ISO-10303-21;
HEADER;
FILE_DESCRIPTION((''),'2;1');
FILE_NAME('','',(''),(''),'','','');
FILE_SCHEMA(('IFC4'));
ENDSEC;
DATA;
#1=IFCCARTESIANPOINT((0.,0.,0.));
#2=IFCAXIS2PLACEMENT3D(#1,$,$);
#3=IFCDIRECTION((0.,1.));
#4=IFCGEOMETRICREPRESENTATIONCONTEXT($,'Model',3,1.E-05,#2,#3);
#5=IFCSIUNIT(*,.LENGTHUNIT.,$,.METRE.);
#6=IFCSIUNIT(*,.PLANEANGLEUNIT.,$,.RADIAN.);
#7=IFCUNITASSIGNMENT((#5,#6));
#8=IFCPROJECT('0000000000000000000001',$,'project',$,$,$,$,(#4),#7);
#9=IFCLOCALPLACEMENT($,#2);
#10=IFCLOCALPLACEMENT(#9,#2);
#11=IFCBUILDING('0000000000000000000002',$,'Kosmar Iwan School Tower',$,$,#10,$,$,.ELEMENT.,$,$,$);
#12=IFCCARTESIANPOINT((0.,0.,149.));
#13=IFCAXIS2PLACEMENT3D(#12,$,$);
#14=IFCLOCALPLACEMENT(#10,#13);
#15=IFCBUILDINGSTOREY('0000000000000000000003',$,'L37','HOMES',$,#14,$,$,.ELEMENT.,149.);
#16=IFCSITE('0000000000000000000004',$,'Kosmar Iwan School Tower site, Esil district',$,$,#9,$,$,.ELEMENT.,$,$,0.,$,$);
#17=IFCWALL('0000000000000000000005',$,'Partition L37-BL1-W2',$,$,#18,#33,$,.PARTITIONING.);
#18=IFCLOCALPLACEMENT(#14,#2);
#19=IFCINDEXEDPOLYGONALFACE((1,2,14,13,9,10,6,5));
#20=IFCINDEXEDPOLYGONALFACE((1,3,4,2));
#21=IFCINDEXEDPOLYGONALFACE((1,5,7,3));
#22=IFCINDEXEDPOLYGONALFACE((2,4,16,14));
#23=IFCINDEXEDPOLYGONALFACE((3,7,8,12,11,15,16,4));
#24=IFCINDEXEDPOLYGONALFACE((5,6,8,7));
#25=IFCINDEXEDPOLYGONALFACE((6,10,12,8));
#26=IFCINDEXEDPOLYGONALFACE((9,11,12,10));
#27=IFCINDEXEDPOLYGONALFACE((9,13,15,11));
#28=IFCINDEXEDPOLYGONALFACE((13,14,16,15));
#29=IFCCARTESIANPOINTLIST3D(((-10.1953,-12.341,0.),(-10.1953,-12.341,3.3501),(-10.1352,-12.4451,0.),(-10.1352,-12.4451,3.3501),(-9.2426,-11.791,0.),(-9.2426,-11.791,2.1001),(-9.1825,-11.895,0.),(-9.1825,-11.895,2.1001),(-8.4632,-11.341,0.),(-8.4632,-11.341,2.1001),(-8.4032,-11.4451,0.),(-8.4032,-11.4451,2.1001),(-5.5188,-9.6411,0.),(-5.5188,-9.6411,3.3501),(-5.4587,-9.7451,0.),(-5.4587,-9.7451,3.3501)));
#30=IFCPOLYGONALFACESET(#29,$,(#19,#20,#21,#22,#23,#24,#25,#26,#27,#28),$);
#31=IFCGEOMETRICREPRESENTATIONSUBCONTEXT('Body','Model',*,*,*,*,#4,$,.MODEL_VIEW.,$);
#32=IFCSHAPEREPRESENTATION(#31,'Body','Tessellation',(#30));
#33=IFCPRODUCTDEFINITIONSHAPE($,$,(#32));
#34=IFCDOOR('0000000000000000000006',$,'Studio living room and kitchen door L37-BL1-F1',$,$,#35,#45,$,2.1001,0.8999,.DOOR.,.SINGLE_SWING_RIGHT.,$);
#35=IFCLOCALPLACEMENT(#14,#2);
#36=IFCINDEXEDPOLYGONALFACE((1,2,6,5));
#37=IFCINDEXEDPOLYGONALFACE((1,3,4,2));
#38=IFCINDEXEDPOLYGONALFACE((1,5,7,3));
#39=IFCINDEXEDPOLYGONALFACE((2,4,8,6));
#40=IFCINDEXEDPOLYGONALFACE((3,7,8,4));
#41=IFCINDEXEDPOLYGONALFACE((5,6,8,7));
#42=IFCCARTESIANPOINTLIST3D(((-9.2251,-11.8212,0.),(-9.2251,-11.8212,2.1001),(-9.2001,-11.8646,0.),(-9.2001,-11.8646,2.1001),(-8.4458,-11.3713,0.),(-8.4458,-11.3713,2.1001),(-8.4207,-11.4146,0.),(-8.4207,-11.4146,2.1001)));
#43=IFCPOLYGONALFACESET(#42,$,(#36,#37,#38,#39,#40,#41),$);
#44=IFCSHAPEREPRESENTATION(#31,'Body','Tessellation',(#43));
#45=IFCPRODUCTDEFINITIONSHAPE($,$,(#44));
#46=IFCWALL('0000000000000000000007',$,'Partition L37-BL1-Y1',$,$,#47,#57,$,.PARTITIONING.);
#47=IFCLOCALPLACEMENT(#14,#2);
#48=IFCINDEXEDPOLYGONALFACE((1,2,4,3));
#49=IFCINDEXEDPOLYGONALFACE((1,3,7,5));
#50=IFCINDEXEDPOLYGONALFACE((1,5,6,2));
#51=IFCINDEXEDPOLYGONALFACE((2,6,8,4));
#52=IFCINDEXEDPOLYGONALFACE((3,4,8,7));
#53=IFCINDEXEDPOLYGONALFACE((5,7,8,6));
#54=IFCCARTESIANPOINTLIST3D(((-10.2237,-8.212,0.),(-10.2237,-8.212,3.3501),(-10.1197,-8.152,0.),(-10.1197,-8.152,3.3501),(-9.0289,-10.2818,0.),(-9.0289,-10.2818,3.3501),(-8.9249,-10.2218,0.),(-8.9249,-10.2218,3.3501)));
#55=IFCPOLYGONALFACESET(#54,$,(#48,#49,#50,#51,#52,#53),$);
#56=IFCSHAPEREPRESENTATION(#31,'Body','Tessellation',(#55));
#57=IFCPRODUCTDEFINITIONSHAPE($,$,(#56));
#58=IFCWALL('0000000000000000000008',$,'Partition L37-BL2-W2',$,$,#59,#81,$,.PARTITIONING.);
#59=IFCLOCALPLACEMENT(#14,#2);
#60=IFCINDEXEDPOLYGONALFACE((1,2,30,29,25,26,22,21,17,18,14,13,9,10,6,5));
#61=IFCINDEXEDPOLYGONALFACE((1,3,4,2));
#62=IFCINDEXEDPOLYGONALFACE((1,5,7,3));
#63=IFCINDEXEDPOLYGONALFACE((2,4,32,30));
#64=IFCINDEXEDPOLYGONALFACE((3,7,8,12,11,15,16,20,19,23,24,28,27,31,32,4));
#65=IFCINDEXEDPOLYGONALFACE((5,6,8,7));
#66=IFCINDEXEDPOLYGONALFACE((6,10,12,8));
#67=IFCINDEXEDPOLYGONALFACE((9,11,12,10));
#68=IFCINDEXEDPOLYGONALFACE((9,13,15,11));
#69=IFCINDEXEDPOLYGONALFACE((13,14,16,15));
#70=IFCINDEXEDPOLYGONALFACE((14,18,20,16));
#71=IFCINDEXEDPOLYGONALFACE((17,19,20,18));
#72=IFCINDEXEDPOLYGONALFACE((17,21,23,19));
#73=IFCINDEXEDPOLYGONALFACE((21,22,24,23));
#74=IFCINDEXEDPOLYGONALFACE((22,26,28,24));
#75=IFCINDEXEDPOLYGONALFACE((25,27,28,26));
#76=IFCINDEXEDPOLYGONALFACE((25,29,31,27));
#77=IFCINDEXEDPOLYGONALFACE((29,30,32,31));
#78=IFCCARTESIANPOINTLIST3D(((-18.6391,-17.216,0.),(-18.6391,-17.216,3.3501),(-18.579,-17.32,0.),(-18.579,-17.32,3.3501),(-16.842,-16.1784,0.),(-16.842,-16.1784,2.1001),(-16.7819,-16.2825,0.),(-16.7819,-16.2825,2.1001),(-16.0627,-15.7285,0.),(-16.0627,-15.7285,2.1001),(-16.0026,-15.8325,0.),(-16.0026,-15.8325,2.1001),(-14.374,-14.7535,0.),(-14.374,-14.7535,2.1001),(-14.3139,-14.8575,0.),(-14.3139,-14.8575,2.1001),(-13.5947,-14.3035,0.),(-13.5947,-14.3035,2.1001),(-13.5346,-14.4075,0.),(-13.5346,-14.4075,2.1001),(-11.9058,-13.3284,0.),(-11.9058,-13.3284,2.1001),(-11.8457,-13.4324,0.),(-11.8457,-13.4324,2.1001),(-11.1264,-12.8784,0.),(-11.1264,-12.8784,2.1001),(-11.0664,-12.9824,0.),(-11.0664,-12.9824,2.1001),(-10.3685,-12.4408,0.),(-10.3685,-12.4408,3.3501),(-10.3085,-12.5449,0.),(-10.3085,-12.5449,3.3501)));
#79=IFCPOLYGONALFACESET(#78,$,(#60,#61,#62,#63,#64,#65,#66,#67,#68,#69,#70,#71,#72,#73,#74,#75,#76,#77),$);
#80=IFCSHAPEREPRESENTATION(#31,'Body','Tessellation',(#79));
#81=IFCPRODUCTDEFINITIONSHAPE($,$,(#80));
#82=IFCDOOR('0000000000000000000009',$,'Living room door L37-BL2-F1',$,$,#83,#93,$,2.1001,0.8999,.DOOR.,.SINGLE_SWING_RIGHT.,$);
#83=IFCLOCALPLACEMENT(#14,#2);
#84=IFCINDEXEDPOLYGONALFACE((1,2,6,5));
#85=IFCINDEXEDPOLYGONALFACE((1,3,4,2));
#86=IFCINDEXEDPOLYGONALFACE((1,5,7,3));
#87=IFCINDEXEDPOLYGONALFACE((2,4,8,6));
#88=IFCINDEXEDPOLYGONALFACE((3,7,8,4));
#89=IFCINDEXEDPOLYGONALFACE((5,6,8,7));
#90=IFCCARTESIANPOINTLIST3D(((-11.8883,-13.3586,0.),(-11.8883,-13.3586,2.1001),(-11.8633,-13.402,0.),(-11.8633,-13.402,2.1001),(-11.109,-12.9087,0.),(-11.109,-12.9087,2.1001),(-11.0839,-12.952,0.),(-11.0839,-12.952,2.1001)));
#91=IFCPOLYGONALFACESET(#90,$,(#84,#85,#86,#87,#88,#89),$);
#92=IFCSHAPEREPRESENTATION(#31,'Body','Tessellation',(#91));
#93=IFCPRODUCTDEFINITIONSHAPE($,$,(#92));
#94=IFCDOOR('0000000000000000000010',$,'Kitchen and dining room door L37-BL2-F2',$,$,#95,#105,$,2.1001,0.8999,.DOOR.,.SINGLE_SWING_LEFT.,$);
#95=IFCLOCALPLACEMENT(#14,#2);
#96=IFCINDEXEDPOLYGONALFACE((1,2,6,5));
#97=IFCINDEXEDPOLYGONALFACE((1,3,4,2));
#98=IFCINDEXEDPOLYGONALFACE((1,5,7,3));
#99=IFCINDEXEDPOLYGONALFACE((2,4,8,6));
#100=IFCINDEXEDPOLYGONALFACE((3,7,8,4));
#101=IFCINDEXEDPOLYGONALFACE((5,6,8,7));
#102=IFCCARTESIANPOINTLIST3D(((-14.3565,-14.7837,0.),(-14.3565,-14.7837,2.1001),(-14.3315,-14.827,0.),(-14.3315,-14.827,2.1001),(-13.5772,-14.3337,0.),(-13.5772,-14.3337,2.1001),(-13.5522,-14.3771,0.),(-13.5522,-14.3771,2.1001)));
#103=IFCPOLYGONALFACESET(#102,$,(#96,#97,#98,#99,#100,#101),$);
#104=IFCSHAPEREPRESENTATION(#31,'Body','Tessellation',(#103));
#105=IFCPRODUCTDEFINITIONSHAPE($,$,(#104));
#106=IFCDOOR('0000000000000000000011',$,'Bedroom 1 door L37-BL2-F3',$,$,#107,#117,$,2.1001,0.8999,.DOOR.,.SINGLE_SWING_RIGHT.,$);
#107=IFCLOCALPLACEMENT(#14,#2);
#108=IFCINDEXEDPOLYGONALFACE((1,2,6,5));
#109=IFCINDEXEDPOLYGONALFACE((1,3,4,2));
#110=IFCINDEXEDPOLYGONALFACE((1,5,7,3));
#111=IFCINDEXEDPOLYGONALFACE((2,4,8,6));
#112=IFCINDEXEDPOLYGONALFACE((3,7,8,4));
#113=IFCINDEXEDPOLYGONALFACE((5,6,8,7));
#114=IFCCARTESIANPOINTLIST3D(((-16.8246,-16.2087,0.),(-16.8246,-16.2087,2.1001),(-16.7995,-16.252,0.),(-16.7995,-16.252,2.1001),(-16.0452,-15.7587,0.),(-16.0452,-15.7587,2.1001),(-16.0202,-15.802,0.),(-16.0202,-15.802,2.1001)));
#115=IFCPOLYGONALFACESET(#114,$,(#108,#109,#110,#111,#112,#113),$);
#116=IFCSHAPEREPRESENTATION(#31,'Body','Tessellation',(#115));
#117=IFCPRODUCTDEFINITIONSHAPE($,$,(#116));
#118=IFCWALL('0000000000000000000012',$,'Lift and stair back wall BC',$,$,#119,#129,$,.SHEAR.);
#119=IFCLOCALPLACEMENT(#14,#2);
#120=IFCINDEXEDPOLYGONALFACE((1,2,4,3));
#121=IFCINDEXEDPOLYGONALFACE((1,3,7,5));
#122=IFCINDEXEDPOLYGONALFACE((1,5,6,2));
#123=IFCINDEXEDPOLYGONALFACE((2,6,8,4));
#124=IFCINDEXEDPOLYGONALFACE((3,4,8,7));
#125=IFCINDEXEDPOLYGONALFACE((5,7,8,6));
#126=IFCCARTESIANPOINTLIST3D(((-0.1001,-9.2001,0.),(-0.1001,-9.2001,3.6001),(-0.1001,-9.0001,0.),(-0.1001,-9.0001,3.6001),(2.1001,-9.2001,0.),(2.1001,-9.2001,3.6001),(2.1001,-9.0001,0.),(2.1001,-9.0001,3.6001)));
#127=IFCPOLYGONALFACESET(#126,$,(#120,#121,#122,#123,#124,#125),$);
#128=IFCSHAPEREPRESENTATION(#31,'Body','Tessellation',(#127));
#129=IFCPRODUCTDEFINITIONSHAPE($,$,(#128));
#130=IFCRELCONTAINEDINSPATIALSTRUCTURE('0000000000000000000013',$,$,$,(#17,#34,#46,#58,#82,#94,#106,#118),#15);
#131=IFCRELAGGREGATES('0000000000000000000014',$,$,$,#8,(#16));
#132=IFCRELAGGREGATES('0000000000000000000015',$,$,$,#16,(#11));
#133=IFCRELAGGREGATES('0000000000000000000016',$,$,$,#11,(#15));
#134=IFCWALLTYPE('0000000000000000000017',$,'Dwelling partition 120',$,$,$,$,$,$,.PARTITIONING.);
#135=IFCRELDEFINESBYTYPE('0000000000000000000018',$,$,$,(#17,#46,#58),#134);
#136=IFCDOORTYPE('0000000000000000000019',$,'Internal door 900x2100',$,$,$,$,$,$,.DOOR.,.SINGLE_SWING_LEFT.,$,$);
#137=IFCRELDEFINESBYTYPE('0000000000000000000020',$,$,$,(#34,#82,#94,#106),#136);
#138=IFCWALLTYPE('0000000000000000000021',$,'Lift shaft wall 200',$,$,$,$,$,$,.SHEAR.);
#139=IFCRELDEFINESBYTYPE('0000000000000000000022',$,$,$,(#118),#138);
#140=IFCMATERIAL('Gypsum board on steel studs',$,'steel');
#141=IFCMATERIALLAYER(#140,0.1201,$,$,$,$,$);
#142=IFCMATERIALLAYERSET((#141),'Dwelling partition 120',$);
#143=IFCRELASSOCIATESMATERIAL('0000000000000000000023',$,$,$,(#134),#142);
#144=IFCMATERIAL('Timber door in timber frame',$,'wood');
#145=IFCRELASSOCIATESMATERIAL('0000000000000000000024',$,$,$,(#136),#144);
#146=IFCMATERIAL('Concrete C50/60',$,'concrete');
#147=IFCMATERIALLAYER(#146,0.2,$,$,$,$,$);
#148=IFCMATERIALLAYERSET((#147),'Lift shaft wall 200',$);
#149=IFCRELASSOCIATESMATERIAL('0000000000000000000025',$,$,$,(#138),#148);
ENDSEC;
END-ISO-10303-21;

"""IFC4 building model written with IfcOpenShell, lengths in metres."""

from ifc_helpers import new_model, si_unit, direction, frame, frame_2d, origin, place, context, subcontext, project, spatial, rectangle, extrude, material, layer, layer_set, type_object, element, fill, save


model = new_model("IFC4")

# Units and contexts
model_context = context("Model", 3, precision=1e-05, world=origin(), true_north=direction((0.0, 1.0)))
body_context = subcontext(model_context, "Body", "Model", "MODEL_VIEW")
ifc_project = project(units=[si_unit("LENGTHUNIT", "METRE"), si_unit("PLANEANGLEUNIT", "RADIAN")], contexts=[model_context])

# Site, building, storey
site_placement = place(None, origin())
site = spatial("IfcSite", under=ifc_project, at=site_placement, Name="Kosmar Iwan School Tower site, Esil district", CompositionType="ELEMENT", RefElevation=0.0)
building_placement = place(site_placement, origin())
building = spatial("IfcBuilding", under=site, at=building_placement, Name="Kosmar Iwan School Tower", CompositionType="ELEMENT")
storey_placement = place(building_placement, frame((0.0, 0.0, 149.0)))
storey = spatial("IfcBuildingStorey", under=building, at=storey_placement, Name="L37", Description="HOMES", CompositionType="ELEMENT", Elevation=149.0)

# Shared definitions
ifc_material_1 = material(Name="Gypsum board on steel studs", Category="steel")
ifc_layer_1 = layer(ifc_material_1, 0.1201)
ifc_layer_set_1 = layer_set([ifc_layer_1], Name="Dwelling partition 120")
wall_type_1 = type_object("IfcWallType", Name="Dwelling partition 120", PredefinedType="PARTITIONING", material=ifc_layer_set_1)
ifc_material_2 = material(Name="Timber door in timber frame", Category="wood")
door_type_1 = type_object("IfcDoorType", Name="Internal door 900x2100", OperationType="SINGLE_SWING_LEFT", PredefinedType="DOOR", material=ifc_material_2)

# Wall, opening, door
wall_1_placement = place(storey_placement, frame((-5.4888, -9.6931, 0.0), z_axis=(0.0, 0.0, 1.0), x_axis=(-0.866028, -0.499995, 0.0)))
wall_1 = element("IfcWall", 1, at=wall_1_placement, inside=storey, type_object=wall_type_1, Name="Partition L37-BL1-W2", PredefinedType="PARTITIONING", context=body_context, shape_type="SweptSolid", body=[
    extrude(rectangle(XDim=5.3999, YDim=0.1201, at=frame_2d((2.7, 0.0))), origin(), (0.0, 0.0, 1.0), 3.3501),
])
opening_1_placement = place(wall_1_placement, frame((3.3999, 0.0, 0.0)))
opening_1 = element("IfcOpeningElement", 2, at=opening_1_placement, cuts=wall_1, PredefinedType="OPENING", context=body_context, shape_type="SweptSolid", body=[
    extrude(rectangle(XDim=0.8999, YDim=2.1001, at=frame_2d((0.45, 1.05))), frame((0.0, 0.072, 0.0), z_axis=(0.0, -1.0, 0.0), x_axis=(1.0, 0.0, 0.0)), (0.0, 0.0, 1.0), 0.144),
])
door_1_placement = place(opening_1_placement, origin())
door_1 = element("IfcDoor", 3, at=door_1_placement, inside=storey, type_object=door_type_1, Name="Studio living room and kitchen door L37-BL1-F1", OperationType="SINGLE_SWING_RIGHT", OverallHeight=2.1001, OverallWidth=0.8999, PredefinedType="DOOR", context=body_context, shape_type="SweptSolid", body=[
    extrude(rectangle(XDim=0.8999, YDim=2.1001, at=frame_2d((0.45, 1.05))), frame((0.0, 0.0249, 0.0), z_axis=(0.0, -1.0, 0.0), x_axis=(1.0, 0.0, 0.0)), (0.0, 0.0, 1.0), 0.05),
])
fill(opening_1, door_1)

# Wall
wall_2_placement = place(storey_placement, frame((-10.1716, -8.1821, 0.0), z_axis=(0.0, 0.0, 1.0), x_axis=(0.499941, -0.86606, 0.0)))
element("IfcWall", 4, at=wall_2_placement, inside=storey, type_object=wall_type_1, Name="Partition L37-BL1-Y1", PredefinedType="PARTITIONING", context=body_context, shape_type="SweptSolid", body=[
    extrude(rectangle(XDim=2.3899, YDim=0.1201, at=frame_2d((1.1948, 0.0))), origin(), (0.0, 0.0, 1.0), 3.3501),
])

# Wall, openings, doors
wall_3_placement = place(storey_placement, frame((-10.3386, -12.4929, 0.0), z_axis=(0.0, 0.0, 1.0), x_axis=(-0.866018, -0.500013, 0.0)))
wall_3 = element("IfcWall", 5, at=wall_3_placement, inside=storey, type_object=wall_type_1, Name="Partition L37-BL2-W2", PredefinedType="PARTITIONING", context=body_context, shape_type="SweptSolid", body=[
    extrude(rectangle(XDim=9.55, YDim=0.1201, at=frame_2d((4.7749, 0.0))), origin(), (0.0, 0.0, 1.0), 3.3501),
])
opening_2_placement = place(wall_3_placement, frame((0.875, 0.0, 0.0)))
opening_2 = element("IfcOpeningElement", 6, at=opening_2_placement, cuts=wall_3, PredefinedType="OPENING", context=body_context, shape_type="SweptSolid", body=[
    extrude(rectangle(XDim=0.8999, YDim=2.1001, at=frame_2d((0.45, 1.05))), frame((0.0, 0.072, 0.0), z_axis=(0.0, -1.0, 0.0), x_axis=(1.0, 0.0, 0.0)), (0.0, 0.0, 1.0), 0.144),
])
opening_3_placement = place(wall_3_placement, frame((3.7251, 0.0, 0.0)))
opening_3 = element("IfcOpeningElement", 7, at=opening_3_placement, cuts=wall_3, PredefinedType="OPENING", context=body_context, shape_type="SweptSolid", body=[
    extrude(rectangle(XDim=0.8999, YDim=2.1001, at=frame_2d((0.45, 1.05))), frame((0.0, 0.072, 0.0), z_axis=(0.0, -1.0, 0.0), x_axis=(1.0, 0.0, 0.0)), (0.0, 0.0, 1.0), 0.144),
])
opening_4_placement = place(wall_3_placement, frame((6.575, 0.0, 0.0)))
opening_4 = element("IfcOpeningElement", 8, at=opening_4_placement, cuts=wall_3, PredefinedType="OPENING", context=body_context, shape_type="SweptSolid", body=[
    extrude(rectangle(XDim=0.8999, YDim=2.1001, at=frame_2d((0.45, 1.05))), frame((0.0, 0.072, 0.0), z_axis=(0.0, -1.0, 0.0), x_axis=(1.0, 0.0, 0.0)), (0.0, 0.0, 1.0), 0.144),
])
door_2_placement = place(opening_2_placement, origin())
door_2 = element("IfcDoor", 9, at=door_2_placement, inside=storey, type_object=door_type_1, Name="Living room door L37-BL2-F1", OperationType="SINGLE_SWING_RIGHT", OverallHeight=2.1001, OverallWidth=0.8999, PredefinedType="DOOR", context=body_context, shape_type="SweptSolid", body=[
    extrude(rectangle(XDim=0.8999, YDim=2.1001, at=frame_2d((0.45, 1.05))), frame((0.0, 0.0249, 0.0), z_axis=(0.0, -1.0, 0.0), x_axis=(1.0, 0.0, 0.0)), (0.0, 0.0, 1.0), 0.05),
])
fill(opening_2, door_2)
door_3_placement = place(opening_3_placement, origin())
door_3 = element("IfcDoor", 10, at=door_3_placement, inside=storey, type_object=door_type_1, Name="Kitchen and dining room door L37-BL2-F2", OperationType="SINGLE_SWING_LEFT", OverallHeight=2.1001, OverallWidth=0.8999, PredefinedType="DOOR", context=body_context, shape_type="SweptSolid", body=[
    extrude(rectangle(XDim=0.8999, YDim=2.1001, at=frame_2d((0.45, 1.05))), frame((0.0, 0.0249, 0.0), z_axis=(0.0, -1.0, 0.0), x_axis=(1.0, 0.0, 0.0)), (0.0, 0.0, 1.0), 0.05),
])
fill(opening_3, door_3)
door_4_placement = place(opening_4_placement, origin())
door_4 = element("IfcDoor", 11, at=door_4_placement, inside=storey, type_object=door_type_1, Name="Bedroom 1 door L37-BL2-F3", OperationType="SINGLE_SWING_RIGHT", OverallHeight=2.1001, OverallWidth=0.8999, PredefinedType="DOOR", context=body_context, shape_type="SweptSolid", body=[
    extrude(rectangle(XDim=0.8999, YDim=2.1001, at=frame_2d((0.45, 1.05))), frame((0.0, 0.0249, 0.0), z_axis=(0.0, -1.0, 0.0), x_axis=(1.0, 0.0, 0.0)), (0.0, 0.0, 1.0), 0.05),
])
fill(opening_4, door_4)

# Wall
ifc_material_3 = material(Name="Concrete C50/60", Category="concrete")
ifc_layer_2 = layer(ifc_material_3, 0.2)
ifc_layer_set_2 = layer_set([ifc_layer_2], Name="Lift shaft wall 200")
wall_type_2 = type_object("IfcWallType", Name="Lift shaft wall 200", PredefinedType="SHEAR", material=ifc_layer_set_2)
wall_4_placement = place(storey_placement, frame((-0.1001, -9.1001, 0.0), z_axis=(0.0, 0.0, 1.0), x_axis=(1.0, 0.0, 0.0)))
element("IfcWall", 12, at=wall_4_placement, inside=storey, type_object=wall_type_2, Name="Lift and stair back wall BC", PredefinedType="SHEAR", context=body_context, shape_type="SweptSolid", body=[
    extrude(rectangle(XDim=2.2002, YDim=0.2, at=frame_2d((1.1001, 0.0))), origin(), (0.0, 0.0, 1.0), 3.6001),
])

save(model, "model.ifc")
